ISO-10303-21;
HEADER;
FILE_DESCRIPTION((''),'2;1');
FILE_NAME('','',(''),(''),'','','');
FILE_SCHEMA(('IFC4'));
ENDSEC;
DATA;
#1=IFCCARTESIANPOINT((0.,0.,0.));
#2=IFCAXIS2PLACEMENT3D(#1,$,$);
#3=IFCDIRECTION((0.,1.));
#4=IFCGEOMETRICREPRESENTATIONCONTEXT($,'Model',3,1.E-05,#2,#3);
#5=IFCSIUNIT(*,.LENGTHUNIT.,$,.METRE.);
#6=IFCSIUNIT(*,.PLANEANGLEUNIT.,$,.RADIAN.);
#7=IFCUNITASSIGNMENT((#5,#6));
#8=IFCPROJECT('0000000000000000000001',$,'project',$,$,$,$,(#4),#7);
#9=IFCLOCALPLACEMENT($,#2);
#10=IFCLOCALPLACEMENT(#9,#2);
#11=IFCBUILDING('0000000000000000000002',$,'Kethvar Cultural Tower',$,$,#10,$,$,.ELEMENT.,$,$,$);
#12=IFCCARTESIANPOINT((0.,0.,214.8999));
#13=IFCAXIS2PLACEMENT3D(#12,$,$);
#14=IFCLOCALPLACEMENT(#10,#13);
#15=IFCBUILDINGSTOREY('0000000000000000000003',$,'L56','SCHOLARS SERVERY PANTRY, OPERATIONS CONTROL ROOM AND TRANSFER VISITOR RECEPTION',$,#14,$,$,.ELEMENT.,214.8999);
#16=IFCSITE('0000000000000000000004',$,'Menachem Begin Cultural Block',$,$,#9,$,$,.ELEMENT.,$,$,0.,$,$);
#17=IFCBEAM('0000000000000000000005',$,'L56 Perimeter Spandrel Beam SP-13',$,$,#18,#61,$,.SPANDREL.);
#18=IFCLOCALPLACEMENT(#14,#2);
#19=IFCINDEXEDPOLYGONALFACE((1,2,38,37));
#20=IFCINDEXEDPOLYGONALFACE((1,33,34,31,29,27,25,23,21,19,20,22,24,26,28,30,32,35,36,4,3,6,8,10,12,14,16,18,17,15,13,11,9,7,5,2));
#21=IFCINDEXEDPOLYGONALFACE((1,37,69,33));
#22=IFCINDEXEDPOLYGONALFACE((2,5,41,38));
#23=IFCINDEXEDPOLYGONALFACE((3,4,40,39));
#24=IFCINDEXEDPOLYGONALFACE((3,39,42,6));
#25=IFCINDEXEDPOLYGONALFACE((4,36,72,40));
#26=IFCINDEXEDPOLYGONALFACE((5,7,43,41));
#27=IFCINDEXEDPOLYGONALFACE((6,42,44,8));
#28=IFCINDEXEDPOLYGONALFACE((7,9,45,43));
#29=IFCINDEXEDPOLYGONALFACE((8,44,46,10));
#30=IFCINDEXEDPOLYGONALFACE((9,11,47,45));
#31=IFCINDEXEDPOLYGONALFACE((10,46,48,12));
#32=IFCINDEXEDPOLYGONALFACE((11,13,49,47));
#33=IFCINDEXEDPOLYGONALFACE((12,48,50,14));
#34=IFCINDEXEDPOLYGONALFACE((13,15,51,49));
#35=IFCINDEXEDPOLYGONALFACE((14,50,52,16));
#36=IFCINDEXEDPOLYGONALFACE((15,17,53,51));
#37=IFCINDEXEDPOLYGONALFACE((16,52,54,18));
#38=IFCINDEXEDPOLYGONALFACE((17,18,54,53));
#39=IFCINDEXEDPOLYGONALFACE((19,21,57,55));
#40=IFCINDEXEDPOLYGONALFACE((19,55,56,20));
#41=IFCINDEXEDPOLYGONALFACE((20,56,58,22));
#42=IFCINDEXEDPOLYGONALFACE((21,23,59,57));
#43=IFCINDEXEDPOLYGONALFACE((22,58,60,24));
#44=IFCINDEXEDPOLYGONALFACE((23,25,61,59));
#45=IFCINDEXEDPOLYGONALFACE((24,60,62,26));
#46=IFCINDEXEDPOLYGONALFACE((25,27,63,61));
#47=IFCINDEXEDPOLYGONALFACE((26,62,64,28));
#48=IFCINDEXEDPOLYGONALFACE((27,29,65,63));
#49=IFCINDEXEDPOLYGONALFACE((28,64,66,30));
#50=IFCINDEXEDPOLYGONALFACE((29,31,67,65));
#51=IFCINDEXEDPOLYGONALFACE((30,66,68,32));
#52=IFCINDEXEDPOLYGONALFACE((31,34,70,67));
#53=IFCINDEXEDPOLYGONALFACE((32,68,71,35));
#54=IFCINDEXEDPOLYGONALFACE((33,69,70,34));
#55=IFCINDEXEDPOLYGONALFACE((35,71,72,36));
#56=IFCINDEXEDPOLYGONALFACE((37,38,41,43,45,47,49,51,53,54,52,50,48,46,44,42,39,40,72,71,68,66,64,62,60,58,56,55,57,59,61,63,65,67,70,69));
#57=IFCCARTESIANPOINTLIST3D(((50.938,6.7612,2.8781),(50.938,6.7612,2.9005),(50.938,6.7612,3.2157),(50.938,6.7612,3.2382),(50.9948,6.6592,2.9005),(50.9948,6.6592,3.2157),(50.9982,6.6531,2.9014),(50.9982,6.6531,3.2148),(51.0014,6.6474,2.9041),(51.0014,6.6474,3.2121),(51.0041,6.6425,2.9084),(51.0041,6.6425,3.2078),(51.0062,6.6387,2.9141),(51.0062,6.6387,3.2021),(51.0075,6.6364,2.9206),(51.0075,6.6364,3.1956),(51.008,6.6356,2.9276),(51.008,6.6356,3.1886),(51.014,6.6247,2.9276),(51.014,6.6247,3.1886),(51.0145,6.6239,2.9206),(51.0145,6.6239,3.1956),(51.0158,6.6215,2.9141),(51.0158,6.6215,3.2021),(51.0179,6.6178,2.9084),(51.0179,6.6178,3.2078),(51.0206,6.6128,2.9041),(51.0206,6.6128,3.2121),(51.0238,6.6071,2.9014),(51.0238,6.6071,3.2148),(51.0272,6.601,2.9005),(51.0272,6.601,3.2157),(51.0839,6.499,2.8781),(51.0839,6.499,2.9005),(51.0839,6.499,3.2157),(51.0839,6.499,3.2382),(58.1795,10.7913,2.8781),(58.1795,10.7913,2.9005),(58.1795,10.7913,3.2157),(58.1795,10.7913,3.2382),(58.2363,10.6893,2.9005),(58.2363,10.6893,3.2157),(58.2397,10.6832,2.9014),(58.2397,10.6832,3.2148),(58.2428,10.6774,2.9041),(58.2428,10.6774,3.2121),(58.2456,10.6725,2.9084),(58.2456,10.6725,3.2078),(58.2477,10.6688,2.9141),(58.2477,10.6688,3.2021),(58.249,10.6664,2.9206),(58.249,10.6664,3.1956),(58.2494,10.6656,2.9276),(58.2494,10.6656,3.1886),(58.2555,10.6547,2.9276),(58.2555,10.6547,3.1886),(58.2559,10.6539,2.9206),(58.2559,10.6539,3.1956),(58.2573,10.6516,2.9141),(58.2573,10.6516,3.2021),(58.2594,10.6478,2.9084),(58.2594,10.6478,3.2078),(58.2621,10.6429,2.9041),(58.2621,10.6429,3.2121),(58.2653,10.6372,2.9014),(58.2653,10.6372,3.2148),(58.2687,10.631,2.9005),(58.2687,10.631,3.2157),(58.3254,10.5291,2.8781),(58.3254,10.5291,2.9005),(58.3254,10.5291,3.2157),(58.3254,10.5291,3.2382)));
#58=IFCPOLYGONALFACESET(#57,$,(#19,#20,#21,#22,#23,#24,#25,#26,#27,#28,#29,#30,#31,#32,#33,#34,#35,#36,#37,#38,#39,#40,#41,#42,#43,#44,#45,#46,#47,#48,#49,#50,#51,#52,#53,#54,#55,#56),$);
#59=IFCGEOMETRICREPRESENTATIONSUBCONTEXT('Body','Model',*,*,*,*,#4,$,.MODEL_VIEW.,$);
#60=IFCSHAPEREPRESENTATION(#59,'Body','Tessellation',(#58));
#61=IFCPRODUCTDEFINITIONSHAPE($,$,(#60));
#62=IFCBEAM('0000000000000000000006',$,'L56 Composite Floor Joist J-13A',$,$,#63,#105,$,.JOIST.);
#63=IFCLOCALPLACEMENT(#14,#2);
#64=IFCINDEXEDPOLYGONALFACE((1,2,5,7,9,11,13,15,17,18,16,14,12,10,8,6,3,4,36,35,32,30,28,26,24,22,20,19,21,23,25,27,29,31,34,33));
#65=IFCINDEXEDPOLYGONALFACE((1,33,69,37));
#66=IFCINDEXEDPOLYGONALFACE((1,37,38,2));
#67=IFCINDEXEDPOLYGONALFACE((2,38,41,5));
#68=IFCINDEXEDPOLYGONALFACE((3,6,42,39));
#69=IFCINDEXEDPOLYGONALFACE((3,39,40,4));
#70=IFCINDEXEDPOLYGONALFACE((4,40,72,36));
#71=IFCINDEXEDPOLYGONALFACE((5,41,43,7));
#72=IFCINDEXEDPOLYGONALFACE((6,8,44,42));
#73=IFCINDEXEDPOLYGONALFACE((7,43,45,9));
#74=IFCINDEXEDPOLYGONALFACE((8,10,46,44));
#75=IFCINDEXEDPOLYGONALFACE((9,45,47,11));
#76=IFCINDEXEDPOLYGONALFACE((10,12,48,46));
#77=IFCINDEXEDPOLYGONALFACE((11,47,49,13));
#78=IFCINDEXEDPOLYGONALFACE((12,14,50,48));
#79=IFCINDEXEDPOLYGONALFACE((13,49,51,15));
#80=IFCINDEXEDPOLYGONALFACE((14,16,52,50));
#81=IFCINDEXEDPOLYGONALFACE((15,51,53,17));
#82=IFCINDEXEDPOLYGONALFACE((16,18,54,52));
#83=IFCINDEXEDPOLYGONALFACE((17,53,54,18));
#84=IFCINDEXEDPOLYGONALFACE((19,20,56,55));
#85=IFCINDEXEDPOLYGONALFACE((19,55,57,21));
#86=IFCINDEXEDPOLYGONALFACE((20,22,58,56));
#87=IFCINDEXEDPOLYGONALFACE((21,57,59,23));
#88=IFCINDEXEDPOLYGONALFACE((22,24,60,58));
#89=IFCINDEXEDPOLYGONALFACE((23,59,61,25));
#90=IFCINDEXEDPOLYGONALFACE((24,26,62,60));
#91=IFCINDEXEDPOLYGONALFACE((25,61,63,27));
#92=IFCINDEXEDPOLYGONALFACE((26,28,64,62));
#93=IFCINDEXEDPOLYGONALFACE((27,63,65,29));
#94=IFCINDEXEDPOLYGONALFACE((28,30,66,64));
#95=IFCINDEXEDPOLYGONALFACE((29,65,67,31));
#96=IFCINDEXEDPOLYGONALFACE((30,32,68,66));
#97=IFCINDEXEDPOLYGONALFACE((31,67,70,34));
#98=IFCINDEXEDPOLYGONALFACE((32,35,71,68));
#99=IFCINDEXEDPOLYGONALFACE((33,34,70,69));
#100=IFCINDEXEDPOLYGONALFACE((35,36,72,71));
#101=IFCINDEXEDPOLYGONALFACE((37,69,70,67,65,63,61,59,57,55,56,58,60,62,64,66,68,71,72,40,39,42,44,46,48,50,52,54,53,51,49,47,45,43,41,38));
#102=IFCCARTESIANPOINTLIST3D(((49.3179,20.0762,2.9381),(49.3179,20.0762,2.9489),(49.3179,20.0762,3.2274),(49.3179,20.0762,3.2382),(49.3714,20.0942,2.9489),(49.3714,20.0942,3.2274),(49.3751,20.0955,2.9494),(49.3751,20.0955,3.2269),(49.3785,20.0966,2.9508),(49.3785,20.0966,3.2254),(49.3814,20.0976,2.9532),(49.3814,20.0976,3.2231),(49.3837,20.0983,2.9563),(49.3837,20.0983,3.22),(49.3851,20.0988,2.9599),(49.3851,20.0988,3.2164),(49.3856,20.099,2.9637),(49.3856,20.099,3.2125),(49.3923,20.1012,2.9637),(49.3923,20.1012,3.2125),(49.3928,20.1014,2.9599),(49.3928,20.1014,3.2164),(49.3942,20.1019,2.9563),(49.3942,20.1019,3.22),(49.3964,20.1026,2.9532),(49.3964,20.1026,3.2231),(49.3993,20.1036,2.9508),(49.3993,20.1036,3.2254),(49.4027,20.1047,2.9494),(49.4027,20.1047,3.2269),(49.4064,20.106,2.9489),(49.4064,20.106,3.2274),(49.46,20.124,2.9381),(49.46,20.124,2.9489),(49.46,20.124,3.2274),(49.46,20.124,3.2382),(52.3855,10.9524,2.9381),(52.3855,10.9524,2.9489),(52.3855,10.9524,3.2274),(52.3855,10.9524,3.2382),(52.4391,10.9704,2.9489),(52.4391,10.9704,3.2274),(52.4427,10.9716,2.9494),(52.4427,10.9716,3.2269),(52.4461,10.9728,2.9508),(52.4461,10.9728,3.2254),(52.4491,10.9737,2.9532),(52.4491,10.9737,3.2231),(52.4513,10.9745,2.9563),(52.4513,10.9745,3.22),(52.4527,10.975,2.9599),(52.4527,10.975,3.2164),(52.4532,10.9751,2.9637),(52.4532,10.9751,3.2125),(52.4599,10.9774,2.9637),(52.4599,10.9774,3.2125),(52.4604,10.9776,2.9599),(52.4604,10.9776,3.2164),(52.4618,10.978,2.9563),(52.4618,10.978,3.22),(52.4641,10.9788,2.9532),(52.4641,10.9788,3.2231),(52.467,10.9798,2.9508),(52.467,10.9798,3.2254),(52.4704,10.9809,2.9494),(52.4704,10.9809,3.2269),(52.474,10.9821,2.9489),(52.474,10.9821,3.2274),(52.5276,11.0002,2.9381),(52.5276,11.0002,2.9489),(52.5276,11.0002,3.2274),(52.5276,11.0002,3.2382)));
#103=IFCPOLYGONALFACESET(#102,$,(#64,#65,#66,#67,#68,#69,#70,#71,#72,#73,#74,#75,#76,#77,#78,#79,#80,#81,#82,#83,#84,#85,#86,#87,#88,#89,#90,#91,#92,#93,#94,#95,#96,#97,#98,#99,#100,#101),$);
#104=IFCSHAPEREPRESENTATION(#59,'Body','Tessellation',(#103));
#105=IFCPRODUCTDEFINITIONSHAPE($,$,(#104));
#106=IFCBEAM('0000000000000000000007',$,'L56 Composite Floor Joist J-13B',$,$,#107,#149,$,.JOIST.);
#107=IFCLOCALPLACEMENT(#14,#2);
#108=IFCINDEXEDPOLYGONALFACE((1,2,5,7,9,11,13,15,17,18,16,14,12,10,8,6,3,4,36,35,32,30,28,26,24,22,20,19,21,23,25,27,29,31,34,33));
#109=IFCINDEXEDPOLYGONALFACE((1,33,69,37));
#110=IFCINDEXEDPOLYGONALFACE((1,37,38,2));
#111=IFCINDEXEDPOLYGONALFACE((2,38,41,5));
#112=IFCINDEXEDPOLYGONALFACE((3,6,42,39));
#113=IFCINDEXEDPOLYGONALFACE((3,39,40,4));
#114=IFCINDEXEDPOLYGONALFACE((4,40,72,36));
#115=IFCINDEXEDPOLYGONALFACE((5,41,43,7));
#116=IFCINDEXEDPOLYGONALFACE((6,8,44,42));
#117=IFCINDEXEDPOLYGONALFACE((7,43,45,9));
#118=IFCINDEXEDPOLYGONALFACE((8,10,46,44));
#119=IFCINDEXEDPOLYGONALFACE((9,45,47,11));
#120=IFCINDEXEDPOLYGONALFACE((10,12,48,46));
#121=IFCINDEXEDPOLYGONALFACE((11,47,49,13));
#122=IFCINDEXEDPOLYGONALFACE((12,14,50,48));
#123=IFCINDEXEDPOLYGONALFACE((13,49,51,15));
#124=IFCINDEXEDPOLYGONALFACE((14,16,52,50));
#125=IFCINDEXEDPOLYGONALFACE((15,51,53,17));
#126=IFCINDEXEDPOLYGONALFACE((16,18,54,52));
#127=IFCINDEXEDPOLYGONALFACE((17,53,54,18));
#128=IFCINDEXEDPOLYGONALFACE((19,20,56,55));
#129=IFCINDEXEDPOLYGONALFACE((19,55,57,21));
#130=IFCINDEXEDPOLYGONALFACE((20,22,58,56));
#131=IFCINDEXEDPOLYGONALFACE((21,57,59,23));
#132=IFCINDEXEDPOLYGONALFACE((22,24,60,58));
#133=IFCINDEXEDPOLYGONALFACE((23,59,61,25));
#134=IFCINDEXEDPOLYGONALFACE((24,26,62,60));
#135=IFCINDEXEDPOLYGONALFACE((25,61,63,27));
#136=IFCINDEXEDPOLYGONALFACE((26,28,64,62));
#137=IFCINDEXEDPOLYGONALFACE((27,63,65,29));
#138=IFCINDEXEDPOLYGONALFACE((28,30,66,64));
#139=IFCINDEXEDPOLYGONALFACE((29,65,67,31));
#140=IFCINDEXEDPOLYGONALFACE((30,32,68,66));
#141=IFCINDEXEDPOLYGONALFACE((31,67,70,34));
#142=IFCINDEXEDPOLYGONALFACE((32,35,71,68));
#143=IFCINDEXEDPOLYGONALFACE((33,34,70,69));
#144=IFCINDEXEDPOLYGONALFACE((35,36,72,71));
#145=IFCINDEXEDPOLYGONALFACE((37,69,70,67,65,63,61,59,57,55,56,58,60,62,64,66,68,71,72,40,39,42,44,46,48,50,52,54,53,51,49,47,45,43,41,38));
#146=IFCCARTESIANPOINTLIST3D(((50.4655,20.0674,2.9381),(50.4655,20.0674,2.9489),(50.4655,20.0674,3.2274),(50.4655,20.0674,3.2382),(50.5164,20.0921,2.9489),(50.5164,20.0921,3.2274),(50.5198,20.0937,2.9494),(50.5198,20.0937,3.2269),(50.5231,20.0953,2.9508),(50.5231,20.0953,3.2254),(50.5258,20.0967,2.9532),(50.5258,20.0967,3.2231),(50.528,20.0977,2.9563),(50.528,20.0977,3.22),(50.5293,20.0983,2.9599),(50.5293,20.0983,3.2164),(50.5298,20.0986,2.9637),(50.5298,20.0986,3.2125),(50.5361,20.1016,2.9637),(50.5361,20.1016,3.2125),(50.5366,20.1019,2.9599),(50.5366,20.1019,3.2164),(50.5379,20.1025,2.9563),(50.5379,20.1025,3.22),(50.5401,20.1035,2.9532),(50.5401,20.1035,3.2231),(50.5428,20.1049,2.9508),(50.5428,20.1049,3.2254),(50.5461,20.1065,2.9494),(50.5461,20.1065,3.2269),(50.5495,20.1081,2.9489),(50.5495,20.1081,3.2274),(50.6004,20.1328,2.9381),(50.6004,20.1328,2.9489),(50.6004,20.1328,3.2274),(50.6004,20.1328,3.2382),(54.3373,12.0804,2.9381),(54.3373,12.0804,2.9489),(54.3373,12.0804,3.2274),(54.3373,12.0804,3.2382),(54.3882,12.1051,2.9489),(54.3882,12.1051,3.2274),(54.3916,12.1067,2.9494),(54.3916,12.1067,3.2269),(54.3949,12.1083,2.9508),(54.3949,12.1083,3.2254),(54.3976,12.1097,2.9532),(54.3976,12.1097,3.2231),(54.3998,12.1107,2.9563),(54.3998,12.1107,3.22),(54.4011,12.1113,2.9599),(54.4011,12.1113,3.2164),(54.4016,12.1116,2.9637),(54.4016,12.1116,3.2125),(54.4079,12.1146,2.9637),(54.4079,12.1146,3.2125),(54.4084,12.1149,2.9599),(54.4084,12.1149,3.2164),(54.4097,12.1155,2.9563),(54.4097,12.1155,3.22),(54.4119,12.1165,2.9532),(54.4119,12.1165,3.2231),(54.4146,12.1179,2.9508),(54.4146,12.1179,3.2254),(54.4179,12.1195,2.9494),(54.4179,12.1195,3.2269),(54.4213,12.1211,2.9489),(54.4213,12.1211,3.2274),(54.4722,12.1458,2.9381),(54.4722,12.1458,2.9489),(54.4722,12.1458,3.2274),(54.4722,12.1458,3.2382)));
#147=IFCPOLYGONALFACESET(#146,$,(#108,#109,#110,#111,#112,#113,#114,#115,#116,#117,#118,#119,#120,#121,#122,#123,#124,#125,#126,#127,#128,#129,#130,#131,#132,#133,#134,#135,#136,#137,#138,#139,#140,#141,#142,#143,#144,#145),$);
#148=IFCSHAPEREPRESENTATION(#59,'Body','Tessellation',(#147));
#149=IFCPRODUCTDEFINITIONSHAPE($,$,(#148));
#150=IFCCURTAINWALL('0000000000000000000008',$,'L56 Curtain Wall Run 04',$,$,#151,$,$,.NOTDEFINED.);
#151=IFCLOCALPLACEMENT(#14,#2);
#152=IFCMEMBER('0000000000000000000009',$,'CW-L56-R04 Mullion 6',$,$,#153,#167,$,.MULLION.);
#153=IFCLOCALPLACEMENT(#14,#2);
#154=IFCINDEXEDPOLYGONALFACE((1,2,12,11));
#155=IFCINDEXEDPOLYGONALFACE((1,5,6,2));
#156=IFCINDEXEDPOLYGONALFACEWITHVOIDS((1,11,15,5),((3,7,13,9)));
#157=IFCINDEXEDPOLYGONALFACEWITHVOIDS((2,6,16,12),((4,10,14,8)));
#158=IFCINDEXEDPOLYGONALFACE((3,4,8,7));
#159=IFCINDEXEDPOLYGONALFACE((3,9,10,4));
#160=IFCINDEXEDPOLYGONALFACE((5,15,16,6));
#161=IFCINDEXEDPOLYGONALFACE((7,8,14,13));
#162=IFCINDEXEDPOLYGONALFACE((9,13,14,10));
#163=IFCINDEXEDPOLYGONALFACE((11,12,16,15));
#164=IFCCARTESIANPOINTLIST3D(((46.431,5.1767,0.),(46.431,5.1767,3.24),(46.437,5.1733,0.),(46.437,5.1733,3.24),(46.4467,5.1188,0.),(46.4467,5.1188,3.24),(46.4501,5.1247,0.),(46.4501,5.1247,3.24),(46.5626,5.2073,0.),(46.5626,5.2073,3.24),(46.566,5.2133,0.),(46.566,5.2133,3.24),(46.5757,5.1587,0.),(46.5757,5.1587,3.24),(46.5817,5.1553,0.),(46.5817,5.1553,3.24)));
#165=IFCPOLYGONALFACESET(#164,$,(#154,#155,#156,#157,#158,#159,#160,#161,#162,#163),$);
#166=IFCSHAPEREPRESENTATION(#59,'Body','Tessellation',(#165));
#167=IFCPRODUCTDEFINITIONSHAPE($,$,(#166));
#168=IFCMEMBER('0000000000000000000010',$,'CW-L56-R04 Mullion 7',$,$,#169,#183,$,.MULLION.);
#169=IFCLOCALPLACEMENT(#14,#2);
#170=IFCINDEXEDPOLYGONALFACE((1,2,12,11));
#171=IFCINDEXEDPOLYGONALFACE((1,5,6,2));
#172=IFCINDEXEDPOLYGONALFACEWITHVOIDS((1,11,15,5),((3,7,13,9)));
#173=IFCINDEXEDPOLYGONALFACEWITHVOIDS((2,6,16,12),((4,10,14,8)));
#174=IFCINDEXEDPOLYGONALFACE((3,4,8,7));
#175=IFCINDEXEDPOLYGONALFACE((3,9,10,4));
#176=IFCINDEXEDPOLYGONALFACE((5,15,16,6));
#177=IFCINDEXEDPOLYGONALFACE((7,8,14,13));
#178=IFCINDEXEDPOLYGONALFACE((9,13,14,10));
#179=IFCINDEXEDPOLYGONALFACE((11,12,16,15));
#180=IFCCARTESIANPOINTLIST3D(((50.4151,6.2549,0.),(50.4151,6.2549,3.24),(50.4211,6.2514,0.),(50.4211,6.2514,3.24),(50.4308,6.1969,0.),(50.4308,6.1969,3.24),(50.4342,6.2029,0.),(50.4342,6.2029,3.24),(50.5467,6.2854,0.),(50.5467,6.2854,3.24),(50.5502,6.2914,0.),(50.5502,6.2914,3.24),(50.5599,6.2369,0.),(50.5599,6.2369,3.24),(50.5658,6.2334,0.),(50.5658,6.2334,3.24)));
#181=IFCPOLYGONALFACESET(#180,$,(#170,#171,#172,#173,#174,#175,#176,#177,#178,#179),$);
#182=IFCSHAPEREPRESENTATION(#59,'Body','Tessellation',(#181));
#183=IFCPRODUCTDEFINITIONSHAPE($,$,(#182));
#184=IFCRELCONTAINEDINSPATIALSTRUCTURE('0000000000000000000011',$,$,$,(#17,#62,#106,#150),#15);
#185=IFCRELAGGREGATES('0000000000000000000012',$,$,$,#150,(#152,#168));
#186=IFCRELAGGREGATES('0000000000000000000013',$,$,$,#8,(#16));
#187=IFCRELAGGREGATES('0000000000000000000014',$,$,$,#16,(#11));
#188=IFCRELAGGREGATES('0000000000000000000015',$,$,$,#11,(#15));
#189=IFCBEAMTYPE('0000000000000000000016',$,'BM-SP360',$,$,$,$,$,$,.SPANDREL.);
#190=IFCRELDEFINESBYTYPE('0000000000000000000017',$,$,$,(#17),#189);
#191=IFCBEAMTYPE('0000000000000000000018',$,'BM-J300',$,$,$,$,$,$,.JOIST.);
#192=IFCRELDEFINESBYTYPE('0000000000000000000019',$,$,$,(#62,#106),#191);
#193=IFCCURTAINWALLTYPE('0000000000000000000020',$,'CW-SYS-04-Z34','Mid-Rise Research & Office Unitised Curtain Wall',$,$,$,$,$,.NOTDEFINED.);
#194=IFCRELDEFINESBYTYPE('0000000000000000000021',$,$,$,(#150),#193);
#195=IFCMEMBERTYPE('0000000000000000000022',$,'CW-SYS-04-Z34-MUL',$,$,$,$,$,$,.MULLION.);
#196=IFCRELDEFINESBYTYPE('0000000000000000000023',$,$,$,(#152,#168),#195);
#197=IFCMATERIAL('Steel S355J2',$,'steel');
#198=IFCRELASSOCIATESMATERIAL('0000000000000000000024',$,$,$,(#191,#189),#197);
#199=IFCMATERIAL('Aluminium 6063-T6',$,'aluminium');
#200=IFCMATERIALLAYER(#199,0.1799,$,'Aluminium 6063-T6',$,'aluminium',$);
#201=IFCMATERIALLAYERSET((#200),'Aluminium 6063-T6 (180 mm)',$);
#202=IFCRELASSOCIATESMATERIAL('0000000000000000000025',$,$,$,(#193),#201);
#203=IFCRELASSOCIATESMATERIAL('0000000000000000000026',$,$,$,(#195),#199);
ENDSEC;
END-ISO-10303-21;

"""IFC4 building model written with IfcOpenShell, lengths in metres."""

from ifc_helpers import new_model, si_unit, direction, frame, origin, origin_2d, place, context, subcontext, project, spatial, hollow_rectangle, i_section, extrude, source, transform, mapped, material, layer, layer_set, material_profile, profile_set, type_object, element, aggregate, save


model = new_model("IFC4")

# Units and contexts
model_context = context("Model", 3, precision=1e-05, world=origin(), true_north=direction((0.0, 1.0)))
body_context = subcontext(model_context, "Body", "Model", "MODEL_VIEW")
ifc_project = project(units=[si_unit("LENGTHUNIT", "METRE"), si_unit("PLANEANGLEUNIT", "RADIAN")], contexts=[model_context])

# Site, building, storey
site_placement = place(None, origin())
site = spatial("IfcSite", under=ifc_project, at=site_placement, Name="Menachem Begin Cultural Block", CompositionType="ELEMENT", RefElevation=0.0)
building_placement = place(site_placement, origin())
building = spatial("IfcBuilding", under=site, at=building_placement, Name="Kethvar Cultural Tower", CompositionType="ELEMENT")
storey_placement = place(building_placement, frame((0.0, 0.0, 214.8999)))
storey = spatial("IfcBuildingStorey", under=building, at=storey_placement, Name="L56", Description="SCHOLARS SERVERY PANTRY, OPERATIONS CONTROL ROOM AND TRANSFER VISITOR RECEPTION", CompositionType="ELEMENT", Elevation=214.8999)

# Beams
ifc_material_1 = material(Name="Steel S355J2", Category="steel")
ifc_material_profile_1 = material_profile(ifc_material_1, i_section(OverallWidth=0.1499, OverallDepth=0.3, WebThickness=0.0071, FlangeThickness=0.0107, FilletRadius=0.0149, at=origin_2d()), Name="Steel S355J2 — IPE300")
ifc_profile_set_1 = profile_set([ifc_material_profile_1], Name="Steel S355J2 — IPE300")
beam_type_1 = type_object("IfcBeamType", Name="BM-J300", PredefinedType="JOIST", material=ifc_profile_set_1)
ifc_material_profile_2 = material_profile(ifc_material_1, i_section(OverallWidth=0.3, OverallDepth=0.3601, WebThickness=0.0125, FlangeThickness=0.0225, FilletRadius=0.0271, at=origin_2d()), Name="Steel S355J2 — HEB360")
ifc_profile_set_2 = profile_set([ifc_material_profile_2], Name="Steel S355J2 — HEB360")
beam_type_2 = type_object("IfcBeamType", Name="BM-SP360", PredefinedType="SPANDREL", material=ifc_profile_set_2)
shared_shape_1 = source(origin(), body_context, "Body", "SweptSolid", [
    extrude(i_section(OverallWidth=0.3, OverallDepth=0.3601, WebThickness=0.0125, FlangeThickness=0.0225, FilletRadius=0.0271, at=origin_2d()), origin(), (0.0, 0.0, 1.0), 8.2874),
])
beam_1_placement = place(storey_placement, frame((51.011, 6.6301, 3.0581), z_axis=(0.873799, 0.486288, 0.0), x_axis=(-0.486288, 0.873799, 0.0)))
element("IfcBeam", 1, at=beam_1_placement, inside=storey, type_object=beam_type_2, Name="L56 Perimeter Spandrel Beam SP-13", PredefinedType="SPANDREL", context=body_context, shape_type="MappedRepresentation", body=[
    mapped(shared_shape_1, transform((0.0, 0.0, 0.0), scale=1.0)),
])
shared_shape_2 = source(origin(), body_context, "Body", "SweptSolid", [
    extrude(i_section(OverallWidth=0.1499, OverallDepth=0.3, WebThickness=0.0071, FlangeThickness=0.0107, FilletRadius=0.0149, at=origin_2d()), origin(), (0.0, 0.0, 1.0), 9.6257),
])
beam_2_placement = place(storey_placement, frame((49.3889, 20.1001, 3.0881), z_axis=(0.318692, -0.947858, 0.0), x_axis=(0.947858, 0.318692, 0.0)))
element("IfcBeam", 2, at=beam_2_placement, inside=storey, type_object=beam_type_1, Name="L56 Composite Floor Joist J-13A", PredefinedType="JOIST", context=body_context, shape_type="MappedRepresentation", body=[
    mapped(shared_shape_2, transform((0.0, 0.0, 0.0), scale=1.0)),
])
shared_shape_3 = source(origin(), body_context, "Body", "SweptSolid", [
    extrude(i_section(OverallWidth=0.1499, OverallDepth=0.3, WebThickness=0.0071, FlangeThickness=0.0107, FilletRadius=0.0149, at=origin_2d()), origin(), (0.0, 0.0, 1.0), 8.876),
])
beam_3_placement = place(storey_placement, frame((50.533, 20.1001, 3.0881), z_axis=(0.436211, -0.899845, 0.0), x_axis=(0.899845, 0.436211, 0.0)))
element("IfcBeam", 3, at=beam_3_placement, inside=storey, type_object=beam_type_1, Name="L56 Composite Floor Joist J-13B", PredefinedType="JOIST", context=body_context, shape_type="MappedRepresentation", body=[
    mapped(shared_shape_3, transform((0.0, 0.0, 0.0), scale=1.0)),
])

# Curtain wall, members
ifc_material_2 = material(Name="Aluminium 6063-T6", Category="aluminium")
ifc_layer_1 = layer(ifc_material_2, 0.1799, Name="Aluminium 6063-T6", Category="aluminium")
ifc_layer_set_1 = layer_set([ifc_layer_1], Name="Aluminium 6063-T6 (180 mm)")
curtain_wall_type = type_object("IfcCurtainWallType", Name="CW-SYS-04-Z34", Description="Mid-Rise Research & Office Unitised Curtain Wall", PredefinedType="NOTDEFINED", material=ifc_layer_set_1)
curtain_wall_1_placement = place(storey_placement, origin())
curtain_wall_1 = element("IfcCurtainWall", 4, at=curtain_wall_1_placement, inside=storey, type_object=curtain_wall_type, Name="L56 Curtain Wall Run 04", PredefinedType="NOTDEFINED")
ifc_material_profile_3 = material_profile(ifc_material_2, hollow_rectangle(XDim=0.0601, YDim=0.1399, WallThickness=0.0049, at=origin_2d()), Name="Aluminium 6063-T6 — RHS140x60x5")
ifc_profile_set_3 = profile_set([ifc_material_profile_3], Name="Aluminium 6063-T6 — RHS140x60x5")
member_type_1 = type_object("IfcMemberType", Name="CW-SYS-04-Z34-MUL", PredefinedType="MULLION", material=ifc_profile_set_3)
shared_shape_4 = source(origin(), body_context, "Body", "SweptSolid", [
    extrude(hollow_rectangle(XDim=0.0601, YDim=0.1399, WallThickness=0.0049, at=origin_2d()), origin(), (0.0, 0.0, 1.0), 3.24),
])
member_1_placement = place(storey_placement, frame((46.5063, 5.166, 0.0), z_axis=(0.0, 0.0, 1.0), x_axis=(-0.261246, 0.965272, 0.0)))
member_1 = element("IfcMember", 5, at=member_1_placement, type_object=member_type_1, Name="CW-L56-R04 Mullion 6", PredefinedType="MULLION", context=body_context, shape_type="MappedRepresentation", body=[
    mapped(shared_shape_4, transform((0.0, 0.0, 0.0), scale=1.0)),
])
member_2_placement = place(storey_placement, frame((50.4905, 6.2441, 0.0), z_axis=(0.0, 0.0, 1.0), x_axis=(-0.261246, 0.965272, 0.0)))
member_2 = element("IfcMember", 6, at=member_2_placement, type_object=member_type_1, Name="CW-L56-R04 Mullion 7", PredefinedType="MULLION", context=body_context, shape_type="MappedRepresentation", body=[
    mapped(shared_shape_4, transform((0.0, 0.0, 0.0), scale=1.0)),
])

aggregate(curtain_wall_1, [member_1, member_2])

save(model, "model.ifc")
